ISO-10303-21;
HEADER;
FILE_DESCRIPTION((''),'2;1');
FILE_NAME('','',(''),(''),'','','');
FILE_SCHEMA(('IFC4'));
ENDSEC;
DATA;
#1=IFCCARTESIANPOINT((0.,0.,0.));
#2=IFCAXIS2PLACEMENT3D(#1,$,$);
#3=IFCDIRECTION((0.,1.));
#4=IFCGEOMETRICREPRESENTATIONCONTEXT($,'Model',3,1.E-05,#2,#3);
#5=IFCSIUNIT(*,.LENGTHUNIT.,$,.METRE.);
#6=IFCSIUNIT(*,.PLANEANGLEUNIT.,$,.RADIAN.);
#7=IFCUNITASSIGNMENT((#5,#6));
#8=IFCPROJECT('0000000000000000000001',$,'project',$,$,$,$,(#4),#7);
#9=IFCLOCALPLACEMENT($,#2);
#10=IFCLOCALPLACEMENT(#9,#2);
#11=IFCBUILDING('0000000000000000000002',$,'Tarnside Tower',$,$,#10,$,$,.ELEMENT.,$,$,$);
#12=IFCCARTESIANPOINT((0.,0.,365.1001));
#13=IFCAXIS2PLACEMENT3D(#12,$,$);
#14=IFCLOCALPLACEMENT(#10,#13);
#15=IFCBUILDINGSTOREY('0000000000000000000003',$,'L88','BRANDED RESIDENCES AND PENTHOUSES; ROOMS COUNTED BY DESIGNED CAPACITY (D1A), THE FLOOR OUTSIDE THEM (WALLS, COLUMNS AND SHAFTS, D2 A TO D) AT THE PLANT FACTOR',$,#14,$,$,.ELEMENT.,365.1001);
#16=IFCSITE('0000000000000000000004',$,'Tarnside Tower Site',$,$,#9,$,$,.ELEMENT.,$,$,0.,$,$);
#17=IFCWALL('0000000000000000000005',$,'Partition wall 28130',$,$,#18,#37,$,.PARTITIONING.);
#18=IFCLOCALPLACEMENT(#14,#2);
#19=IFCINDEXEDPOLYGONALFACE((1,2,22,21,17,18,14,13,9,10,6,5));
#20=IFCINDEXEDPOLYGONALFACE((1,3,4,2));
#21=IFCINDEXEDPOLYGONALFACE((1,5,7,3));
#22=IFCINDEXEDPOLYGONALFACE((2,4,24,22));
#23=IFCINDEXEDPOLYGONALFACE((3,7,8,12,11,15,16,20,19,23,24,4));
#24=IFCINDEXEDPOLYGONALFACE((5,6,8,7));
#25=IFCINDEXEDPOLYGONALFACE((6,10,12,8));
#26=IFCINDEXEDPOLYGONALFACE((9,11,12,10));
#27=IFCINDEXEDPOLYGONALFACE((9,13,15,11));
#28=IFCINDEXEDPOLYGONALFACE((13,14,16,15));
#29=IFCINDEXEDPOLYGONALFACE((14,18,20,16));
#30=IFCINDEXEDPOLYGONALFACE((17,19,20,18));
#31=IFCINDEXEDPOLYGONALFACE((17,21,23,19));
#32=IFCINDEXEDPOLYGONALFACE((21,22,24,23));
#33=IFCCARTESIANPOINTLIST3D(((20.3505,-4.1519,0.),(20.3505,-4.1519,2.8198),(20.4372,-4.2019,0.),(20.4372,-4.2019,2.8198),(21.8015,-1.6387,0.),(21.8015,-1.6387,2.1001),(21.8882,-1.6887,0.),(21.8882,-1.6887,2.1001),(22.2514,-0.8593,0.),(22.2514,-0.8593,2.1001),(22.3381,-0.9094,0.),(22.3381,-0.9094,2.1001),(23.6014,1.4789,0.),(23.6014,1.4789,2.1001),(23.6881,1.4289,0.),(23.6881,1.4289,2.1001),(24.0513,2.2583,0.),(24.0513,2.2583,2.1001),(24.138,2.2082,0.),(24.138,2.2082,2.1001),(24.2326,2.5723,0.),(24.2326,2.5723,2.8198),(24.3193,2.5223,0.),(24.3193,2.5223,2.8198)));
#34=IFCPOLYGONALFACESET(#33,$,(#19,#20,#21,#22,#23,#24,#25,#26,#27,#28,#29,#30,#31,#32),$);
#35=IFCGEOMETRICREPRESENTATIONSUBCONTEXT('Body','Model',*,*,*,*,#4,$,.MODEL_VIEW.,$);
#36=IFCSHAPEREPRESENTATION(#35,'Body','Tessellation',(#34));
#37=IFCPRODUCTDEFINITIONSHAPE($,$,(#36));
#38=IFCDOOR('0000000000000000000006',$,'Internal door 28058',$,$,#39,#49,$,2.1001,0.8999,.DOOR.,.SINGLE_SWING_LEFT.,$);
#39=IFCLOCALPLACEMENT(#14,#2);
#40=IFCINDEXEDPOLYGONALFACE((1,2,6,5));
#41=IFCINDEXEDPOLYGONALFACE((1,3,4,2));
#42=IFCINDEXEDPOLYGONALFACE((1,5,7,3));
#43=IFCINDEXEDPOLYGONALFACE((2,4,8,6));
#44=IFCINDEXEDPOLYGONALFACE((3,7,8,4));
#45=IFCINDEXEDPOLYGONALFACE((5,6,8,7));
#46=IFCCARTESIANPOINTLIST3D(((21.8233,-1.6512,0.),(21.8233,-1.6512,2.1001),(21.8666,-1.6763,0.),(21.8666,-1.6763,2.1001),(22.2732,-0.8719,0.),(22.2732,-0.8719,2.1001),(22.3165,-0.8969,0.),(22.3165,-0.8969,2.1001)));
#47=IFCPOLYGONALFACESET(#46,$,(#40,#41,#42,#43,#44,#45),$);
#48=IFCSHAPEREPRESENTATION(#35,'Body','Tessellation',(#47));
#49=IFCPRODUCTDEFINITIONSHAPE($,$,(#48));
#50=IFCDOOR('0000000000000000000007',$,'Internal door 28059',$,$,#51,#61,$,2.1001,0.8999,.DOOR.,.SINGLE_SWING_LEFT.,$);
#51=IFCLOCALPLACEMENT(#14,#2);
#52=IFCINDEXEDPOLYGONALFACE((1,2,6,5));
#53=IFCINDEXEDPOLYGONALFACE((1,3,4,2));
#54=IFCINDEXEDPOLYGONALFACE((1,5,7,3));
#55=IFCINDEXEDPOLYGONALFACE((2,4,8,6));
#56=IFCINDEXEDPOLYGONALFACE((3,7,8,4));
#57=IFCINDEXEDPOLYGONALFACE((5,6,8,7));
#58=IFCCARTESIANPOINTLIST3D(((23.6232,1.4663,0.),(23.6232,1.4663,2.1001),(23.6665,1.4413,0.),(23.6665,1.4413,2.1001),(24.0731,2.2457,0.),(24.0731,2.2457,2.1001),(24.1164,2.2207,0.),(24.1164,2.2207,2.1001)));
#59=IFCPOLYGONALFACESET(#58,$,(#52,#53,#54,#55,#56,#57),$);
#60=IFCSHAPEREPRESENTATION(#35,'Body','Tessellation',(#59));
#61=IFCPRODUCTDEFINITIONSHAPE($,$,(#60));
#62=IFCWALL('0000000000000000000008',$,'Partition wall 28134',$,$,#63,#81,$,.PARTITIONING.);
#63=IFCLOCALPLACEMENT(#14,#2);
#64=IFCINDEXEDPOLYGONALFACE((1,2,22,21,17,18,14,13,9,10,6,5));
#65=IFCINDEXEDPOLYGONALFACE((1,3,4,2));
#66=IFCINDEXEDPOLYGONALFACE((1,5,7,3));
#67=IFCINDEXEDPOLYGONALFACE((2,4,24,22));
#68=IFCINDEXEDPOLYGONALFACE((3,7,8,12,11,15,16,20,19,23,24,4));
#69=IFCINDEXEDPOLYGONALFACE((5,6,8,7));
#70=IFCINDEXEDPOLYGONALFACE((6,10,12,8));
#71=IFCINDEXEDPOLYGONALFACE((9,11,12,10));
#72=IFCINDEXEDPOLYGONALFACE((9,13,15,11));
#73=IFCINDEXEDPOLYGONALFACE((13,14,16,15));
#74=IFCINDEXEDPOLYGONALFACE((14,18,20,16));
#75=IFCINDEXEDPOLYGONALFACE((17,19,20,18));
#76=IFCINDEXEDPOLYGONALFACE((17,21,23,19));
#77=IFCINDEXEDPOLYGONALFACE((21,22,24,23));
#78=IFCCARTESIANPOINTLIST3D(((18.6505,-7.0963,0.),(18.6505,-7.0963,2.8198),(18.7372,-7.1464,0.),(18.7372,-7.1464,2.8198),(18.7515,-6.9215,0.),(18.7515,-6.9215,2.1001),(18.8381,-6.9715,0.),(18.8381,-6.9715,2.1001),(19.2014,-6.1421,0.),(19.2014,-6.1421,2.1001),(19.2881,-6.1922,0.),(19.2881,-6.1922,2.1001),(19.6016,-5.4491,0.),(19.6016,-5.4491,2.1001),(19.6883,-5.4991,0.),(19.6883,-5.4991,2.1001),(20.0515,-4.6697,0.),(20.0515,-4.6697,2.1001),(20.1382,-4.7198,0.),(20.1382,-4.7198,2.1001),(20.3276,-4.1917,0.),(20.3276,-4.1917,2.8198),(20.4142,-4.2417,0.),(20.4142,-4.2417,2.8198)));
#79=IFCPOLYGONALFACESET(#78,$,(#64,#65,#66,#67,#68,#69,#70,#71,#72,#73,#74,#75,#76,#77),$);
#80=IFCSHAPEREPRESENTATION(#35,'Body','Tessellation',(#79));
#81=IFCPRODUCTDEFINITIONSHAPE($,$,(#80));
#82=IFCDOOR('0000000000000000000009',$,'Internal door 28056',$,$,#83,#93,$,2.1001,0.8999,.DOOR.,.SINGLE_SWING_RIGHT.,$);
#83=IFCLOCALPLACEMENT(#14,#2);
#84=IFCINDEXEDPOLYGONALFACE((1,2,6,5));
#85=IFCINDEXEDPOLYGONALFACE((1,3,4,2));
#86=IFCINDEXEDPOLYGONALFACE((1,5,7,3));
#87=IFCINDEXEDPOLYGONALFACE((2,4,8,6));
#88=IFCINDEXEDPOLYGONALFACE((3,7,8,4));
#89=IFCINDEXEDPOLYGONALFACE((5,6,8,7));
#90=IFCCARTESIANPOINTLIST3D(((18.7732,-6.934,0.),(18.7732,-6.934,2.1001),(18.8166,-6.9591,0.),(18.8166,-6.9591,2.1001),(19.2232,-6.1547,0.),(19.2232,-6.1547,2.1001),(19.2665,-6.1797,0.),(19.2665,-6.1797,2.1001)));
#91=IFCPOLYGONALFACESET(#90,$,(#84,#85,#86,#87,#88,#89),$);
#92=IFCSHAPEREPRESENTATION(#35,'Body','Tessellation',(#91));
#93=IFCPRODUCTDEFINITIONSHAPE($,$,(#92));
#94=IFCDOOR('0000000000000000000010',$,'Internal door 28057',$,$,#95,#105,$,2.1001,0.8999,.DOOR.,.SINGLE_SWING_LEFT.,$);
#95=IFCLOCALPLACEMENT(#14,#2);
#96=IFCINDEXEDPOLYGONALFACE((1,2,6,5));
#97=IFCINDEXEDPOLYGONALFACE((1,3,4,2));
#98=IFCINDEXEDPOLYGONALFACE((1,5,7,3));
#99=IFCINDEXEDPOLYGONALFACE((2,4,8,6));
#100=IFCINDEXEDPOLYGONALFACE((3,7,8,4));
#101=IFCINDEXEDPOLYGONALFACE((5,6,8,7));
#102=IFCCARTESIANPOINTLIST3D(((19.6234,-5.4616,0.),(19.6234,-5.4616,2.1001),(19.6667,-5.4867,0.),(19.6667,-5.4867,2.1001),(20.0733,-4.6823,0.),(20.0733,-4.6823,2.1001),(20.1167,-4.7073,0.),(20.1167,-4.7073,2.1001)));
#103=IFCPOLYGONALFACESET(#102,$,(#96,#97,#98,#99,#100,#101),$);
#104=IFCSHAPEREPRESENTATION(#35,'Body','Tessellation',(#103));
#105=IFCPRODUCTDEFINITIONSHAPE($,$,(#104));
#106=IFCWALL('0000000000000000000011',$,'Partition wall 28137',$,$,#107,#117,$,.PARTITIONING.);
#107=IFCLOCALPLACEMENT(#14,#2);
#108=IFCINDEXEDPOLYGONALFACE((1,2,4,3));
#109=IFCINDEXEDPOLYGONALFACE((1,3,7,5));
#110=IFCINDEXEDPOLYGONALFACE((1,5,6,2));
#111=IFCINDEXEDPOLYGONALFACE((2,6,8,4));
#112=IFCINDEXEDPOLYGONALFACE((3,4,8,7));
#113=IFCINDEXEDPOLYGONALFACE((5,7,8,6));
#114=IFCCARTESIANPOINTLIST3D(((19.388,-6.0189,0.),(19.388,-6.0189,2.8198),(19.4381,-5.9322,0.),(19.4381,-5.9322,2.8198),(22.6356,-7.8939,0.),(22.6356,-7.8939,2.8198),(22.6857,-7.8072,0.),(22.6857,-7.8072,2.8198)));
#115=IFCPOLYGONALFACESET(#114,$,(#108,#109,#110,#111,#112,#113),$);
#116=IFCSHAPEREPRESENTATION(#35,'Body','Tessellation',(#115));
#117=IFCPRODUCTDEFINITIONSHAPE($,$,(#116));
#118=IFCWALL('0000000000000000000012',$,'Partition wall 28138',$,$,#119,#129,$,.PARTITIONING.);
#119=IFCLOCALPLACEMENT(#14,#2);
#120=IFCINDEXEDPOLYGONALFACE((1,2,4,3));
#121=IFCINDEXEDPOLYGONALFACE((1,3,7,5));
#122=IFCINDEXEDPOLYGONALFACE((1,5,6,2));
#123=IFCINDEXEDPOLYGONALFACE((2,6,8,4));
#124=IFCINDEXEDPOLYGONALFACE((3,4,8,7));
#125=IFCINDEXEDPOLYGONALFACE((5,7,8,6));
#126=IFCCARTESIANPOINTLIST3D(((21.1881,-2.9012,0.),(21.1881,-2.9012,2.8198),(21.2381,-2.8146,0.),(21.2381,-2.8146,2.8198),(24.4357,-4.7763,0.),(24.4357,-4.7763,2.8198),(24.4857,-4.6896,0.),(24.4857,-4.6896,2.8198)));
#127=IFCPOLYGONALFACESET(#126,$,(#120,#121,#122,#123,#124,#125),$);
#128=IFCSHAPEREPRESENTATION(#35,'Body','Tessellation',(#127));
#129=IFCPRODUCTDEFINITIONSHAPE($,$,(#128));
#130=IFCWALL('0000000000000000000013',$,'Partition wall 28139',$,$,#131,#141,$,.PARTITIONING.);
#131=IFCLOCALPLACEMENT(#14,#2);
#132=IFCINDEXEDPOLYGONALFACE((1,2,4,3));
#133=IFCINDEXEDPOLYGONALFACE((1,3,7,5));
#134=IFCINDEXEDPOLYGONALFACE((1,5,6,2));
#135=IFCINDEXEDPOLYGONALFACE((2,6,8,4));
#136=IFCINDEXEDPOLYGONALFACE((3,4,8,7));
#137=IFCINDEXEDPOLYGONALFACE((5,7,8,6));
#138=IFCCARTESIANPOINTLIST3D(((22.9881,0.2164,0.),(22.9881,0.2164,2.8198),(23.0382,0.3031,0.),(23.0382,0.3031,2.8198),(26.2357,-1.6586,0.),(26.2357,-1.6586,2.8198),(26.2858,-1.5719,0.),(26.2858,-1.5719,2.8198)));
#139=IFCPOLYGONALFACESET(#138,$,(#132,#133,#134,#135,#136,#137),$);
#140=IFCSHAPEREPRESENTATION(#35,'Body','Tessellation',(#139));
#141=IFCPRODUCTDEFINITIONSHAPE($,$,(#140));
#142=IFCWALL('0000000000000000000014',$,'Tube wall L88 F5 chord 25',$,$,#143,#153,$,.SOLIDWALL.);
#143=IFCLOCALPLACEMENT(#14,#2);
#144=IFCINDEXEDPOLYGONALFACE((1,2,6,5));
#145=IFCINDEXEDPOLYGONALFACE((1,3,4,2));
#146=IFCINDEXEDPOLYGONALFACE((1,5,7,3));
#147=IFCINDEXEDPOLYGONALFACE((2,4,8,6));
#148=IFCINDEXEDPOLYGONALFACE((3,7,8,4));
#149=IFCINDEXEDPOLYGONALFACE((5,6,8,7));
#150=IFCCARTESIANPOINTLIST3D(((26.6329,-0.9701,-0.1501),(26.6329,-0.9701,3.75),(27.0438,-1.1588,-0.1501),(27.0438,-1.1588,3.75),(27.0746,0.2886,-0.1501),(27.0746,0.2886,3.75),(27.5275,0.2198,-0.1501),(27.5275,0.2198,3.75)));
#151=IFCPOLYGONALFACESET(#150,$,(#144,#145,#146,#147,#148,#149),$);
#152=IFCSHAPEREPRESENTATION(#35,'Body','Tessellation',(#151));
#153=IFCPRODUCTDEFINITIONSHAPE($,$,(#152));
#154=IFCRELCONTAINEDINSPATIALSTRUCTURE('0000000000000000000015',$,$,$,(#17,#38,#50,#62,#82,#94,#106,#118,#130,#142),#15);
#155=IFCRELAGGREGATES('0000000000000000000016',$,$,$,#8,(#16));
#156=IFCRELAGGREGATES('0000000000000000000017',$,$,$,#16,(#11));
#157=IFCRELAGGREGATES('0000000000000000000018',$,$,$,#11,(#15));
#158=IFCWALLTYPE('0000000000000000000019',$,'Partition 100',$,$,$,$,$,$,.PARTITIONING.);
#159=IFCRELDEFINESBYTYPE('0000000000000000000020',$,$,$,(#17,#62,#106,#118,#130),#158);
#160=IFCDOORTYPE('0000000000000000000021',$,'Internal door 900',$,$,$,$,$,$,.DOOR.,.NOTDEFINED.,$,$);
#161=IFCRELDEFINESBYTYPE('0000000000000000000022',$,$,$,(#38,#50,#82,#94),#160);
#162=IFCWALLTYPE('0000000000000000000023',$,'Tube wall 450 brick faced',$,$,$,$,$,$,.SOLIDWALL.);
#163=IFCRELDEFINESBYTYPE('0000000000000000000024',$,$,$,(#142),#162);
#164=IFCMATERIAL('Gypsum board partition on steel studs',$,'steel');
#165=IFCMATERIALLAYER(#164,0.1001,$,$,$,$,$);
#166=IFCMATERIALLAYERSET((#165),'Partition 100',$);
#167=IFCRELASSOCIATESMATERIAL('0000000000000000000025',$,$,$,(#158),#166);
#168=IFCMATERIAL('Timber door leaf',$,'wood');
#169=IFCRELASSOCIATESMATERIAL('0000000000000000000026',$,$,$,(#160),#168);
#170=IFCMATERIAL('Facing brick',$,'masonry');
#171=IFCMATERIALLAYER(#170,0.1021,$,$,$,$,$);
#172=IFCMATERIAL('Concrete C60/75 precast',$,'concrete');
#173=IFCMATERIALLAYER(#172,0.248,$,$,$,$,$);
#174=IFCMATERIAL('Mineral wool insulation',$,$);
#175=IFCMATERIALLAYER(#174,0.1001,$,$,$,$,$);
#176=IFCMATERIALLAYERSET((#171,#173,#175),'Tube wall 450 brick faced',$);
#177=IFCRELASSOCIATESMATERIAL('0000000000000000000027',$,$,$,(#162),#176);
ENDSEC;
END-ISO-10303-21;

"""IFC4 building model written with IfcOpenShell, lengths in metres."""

from ifc_helpers import new_model, si_unit, direction, frame, frame_2d, origin, place, context, subcontext, project, spatial, polyline, rectangle, outline, extrude, material, layer, layer_set, type_object, element, fill, save


model = new_model("IFC4")

# Units and contexts
model_context = context("Model", 3, precision=1e-05, world=origin(), true_north=direction((0.0, 1.0)))
body_context = subcontext(model_context, "Body", "Model", "MODEL_VIEW")
ifc_project = project(units=[si_unit("LENGTHUNIT", "METRE"), si_unit("PLANEANGLEUNIT", "RADIAN")], contexts=[model_context])

# Site, building, storey
site_placement = place(None, origin())
site = spatial("IfcSite", under=ifc_project, at=site_placement, Name="Tarnside Tower Site", CompositionType="ELEMENT", RefElevation=0.0)
building_placement = place(site_placement, origin())
building = spatial("IfcBuilding", under=site, at=building_placement, Name="Tarnside Tower", CompositionType="ELEMENT")
storey_placement = place(building_placement, frame((0.0, 0.0, 365.1001)))
storey = spatial("IfcBuildingStorey", under=building, at=storey_placement, Name="L88", Description="BRANDED RESIDENCES AND PENTHOUSES; ROOMS COUNTED BY DESIGNED CAPACITY (D1A), THE FLOOR OUTSIDE THEM (WALLS, COLUMNS AND SHAFTS, D2 A TO D) AT THE PLANT FACTOR", CompositionType="ELEMENT", Elevation=365.1001)

# Shared definitions
ifc_material_1 = material(Name="Gypsum board partition on steel studs", Category="steel")
ifc_material_2 = material(Name="Timber door leaf", Category="wood")

# Shared definitions
ifc_layer_1 = layer(ifc_material_1, 0.1001)
ifc_layer_set_1 = layer_set([ifc_layer_1], Name="Partition 100")
wall_type_1 = type_object("IfcWallType", Name="Partition 100", PredefinedType="PARTITIONING", material=ifc_layer_set_1)
door_type_1 = type_object("IfcDoorType", Name="Internal door 900", OperationType="NOTDEFINED", PredefinedType="DOOR", material=ifc_material_2)

# Walls, openings, doors
wall_1_placement = place(storey_placement, frame((20.3938, -4.177, 0.0), z_axis=(0.0, 0.0, 1.0), x_axis=(0.499991, 0.866031, 0.0)))
wall_1 = element("IfcWall", 1, at=wall_1_placement, inside=storey, type_object=wall_type_1, Name="Partition wall 28130", PredefinedType="PARTITIONING", context=body_context, shape_type="SweptSolid", body=[
    extrude(rectangle(XDim=7.7644, YDim=0.1001, at=frame_2d((3.8823, 0.0))), origin(), (0.0, 0.0, 1.0), 2.8198),
])
opening_1_placement = place(wall_1_placement, frame((2.9021, 0.0, 0.0)))
opening_1 = element("IfcOpeningElement", 2, at=opening_1_placement, cuts=wall_1, PredefinedType="OPENING", context=body_context, shape_type="SweptSolid", body=[
    extrude(rectangle(XDim=0.8999, YDim=2.1001, at=frame_2d((0.45, 1.05))), frame((0.0, 0.0601, 0.0), z_axis=(0.0, -1.0, 0.0), x_axis=(1.0, 0.0, 0.0)), (0.0, 0.0, 1.0), 0.1201),
])
opening_2_placement = place(wall_1_placement, frame((6.502, 0.0, 0.0)))
opening_2 = element("IfcOpeningElement", 3, at=opening_2_placement, cuts=wall_1, PredefinedType="OPENING", context=body_context, shape_type="SweptSolid", body=[
    extrude(rectangle(XDim=0.8999, YDim=2.1001, at=frame_2d((0.45, 1.05))), frame((0.0, 0.0601, 0.0), z_axis=(0.0, -1.0, 0.0), x_axis=(1.0, 0.0, 0.0)), (0.0, 0.0, 1.0), 0.1201),
])
door_1_placement = place(opening_1_placement, origin())
door_1 = element("IfcDoor", 4, at=door_1_placement, inside=storey, type_object=door_type_1, Name="Internal door 28058", OperationType="SINGLE_SWING_LEFT", OverallHeight=2.1001, OverallWidth=0.8999, PredefinedType="DOOR", context=body_context, shape_type="SweptSolid", body=[
    extrude(rectangle(XDim=0.8999, YDim=2.1001, at=frame_2d((0.45, 1.05))), frame((0.0, 0.0249, 0.0), z_axis=(0.0, -1.0, 0.0), x_axis=(1.0, 0.0, 0.0)), (0.0, 0.0, 1.0), 0.05),
])
fill(opening_1, door_1)
door_2_placement = place(opening_2_placement, origin())
door_2 = element("IfcDoor", 5, at=door_2_placement, inside=storey, type_object=door_type_1, Name="Internal door 28059", OperationType="SINGLE_SWING_LEFT", OverallHeight=2.1001, OverallWidth=0.8999, PredefinedType="DOOR", context=body_context, shape_type="SweptSolid", body=[
    extrude(rectangle(XDim=0.8999, YDim=2.1001, at=frame_2d((0.45, 1.05))), frame((0.0, 0.0249, 0.0), z_axis=(0.0, -1.0, 0.0), x_axis=(1.0, 0.0, 0.0)), (0.0, 0.0, 1.0), 0.05),
])
fill(opening_2, door_2)
wall_2_placement = place(storey_placement, frame((18.6938, -7.1213, 0.0), z_axis=(0.0, 0.0, 1.0), x_axis=(0.500014, 0.866017, 0.0)))
wall_2 = element("IfcWall", 6, at=wall_2_placement, inside=storey, type_object=wall_type_1, Name="Partition wall 28134", PredefinedType="PARTITIONING", context=body_context, shape_type="SweptSolid", body=[
    extrude(rectangle(XDim=3.354, YDim=0.1001, at=frame_2d((1.677, 0.0))), origin(), (0.0, 0.0, 1.0), 2.8198),
])
opening_3_placement = place(wall_2_placement, frame((0.2019, 0.0, 0.0)))
opening_3 = element("IfcOpeningElement", 7, at=opening_3_placement, cuts=wall_2, PredefinedType="OPENING", context=body_context, shape_type="SweptSolid", body=[
    extrude(rectangle(XDim=0.8999, YDim=2.1001, at=frame_2d((0.45, 1.05))), frame((0.0, 0.0601, 0.0), z_axis=(0.0, -1.0, 0.0), x_axis=(1.0, 0.0, 0.0)), (0.0, 0.0, 1.0), 0.1201),
])
opening_4_placement = place(wall_2_placement, frame((1.9021, 0.0, 0.0)))
opening_4 = element("IfcOpeningElement", 8, at=opening_4_placement, cuts=wall_2, PredefinedType="OPENING", context=body_context, shape_type="SweptSolid", body=[
    extrude(rectangle(XDim=0.8999, YDim=2.1001, at=frame_2d((0.45, 1.05))), frame((0.0, 0.0601, 0.0), z_axis=(0.0, -1.0, 0.0), x_axis=(1.0, 0.0, 0.0)), (0.0, 0.0, 1.0), 0.1201),
])
door_3_placement = place(opening_3_placement, origin())
door_3 = element("IfcDoor", 9, at=door_3_placement, inside=storey, type_object=door_type_1, Name="Internal door 28056", OperationType="SINGLE_SWING_RIGHT", OverallHeight=2.1001, OverallWidth=0.8999, PredefinedType="DOOR", context=body_context, shape_type="SweptSolid", body=[
    extrude(rectangle(XDim=0.8999, YDim=2.1001, at=frame_2d((0.45, 1.05))), frame((0.0, 0.0249, 0.0), z_axis=(0.0, -1.0, 0.0), x_axis=(1.0, 0.0, 0.0)), (0.0, 0.0, 1.0), 0.05),
])
fill(opening_3, door_3)
door_4_placement = place(opening_4_placement, origin())
door_4 = element("IfcDoor", 10, at=door_4_placement, inside=storey, type_object=door_type_1, Name="Internal door 28057", OperationType="SINGLE_SWING_LEFT", OverallHeight=2.1001, OverallWidth=0.8999, PredefinedType="DOOR", context=body_context, shape_type="SweptSolid", body=[
    extrude(rectangle(XDim=0.8999, YDim=2.1001, at=frame_2d((0.45, 1.05))), frame((0.0, 0.0249, 0.0), z_axis=(0.0, -1.0, 0.0), x_axis=(1.0, 0.0, 0.0)), (0.0, 0.0, 1.0), 0.05),
])
fill(opening_4, door_4)

# Walls
for number, where, z_axis, x_axis, name in (
    (11, (22.6606, -7.8506, 0.0), (0.0, 0.0, 1.0), (-0.866023, 0.500004, 0.0), "Partition wall 28137"),
    (12, (24.4607, -4.7329, 0.0), (0.0, 0.0, 1.0), (-0.866023, 0.500004, 0.0), "Partition wall 28138"),
    (13, (26.2607, -1.6152, 0.0), (0.0, 0.0, 1.0), (-0.866023, 0.500004, 0.0), "Partition wall 28139"),
):
    element("IfcWall", number, at=place(storey_placement, frame(where, z_axis=z_axis, x_axis=x_axis)), inside=storey, type_object=wall_type_1, Name=name, PredefinedType="PARTITIONING", context=body_context, shape_type="SweptSolid", body=[
        extrude(rectangle(XDim=3.75, YDim=0.1001, at=frame_2d((1.875, 0.0))), origin(), (0.0, 0.0, 1.0), 2.8198),
    ])
ifc_material_3 = material(Name="Facing brick", Category="masonry")
ifc_layer_2 = layer(ifc_material_3, 0.1021)
ifc_material_4 = material(Name="Concrete C60/75 precast", Category="concrete")
ifc_layer_3 = layer(ifc_material_4, 0.248)
ifc_material_5 = material(Name="Mineral wool insulation")
ifc_layer_4 = layer(ifc_material_5, 0.1001)
ifc_layer_set_2 = layer_set([ifc_layer_2, ifc_layer_3, ifc_layer_4], Name="Tube wall 450 brick faced")
wall_type_2 = type_object("IfcWallType", Name="Tube wall 450 brick faced", PredefinedType="SOLIDWALL", material=ifc_layer_set_2)
wall_3_placement = place(storey_placement, frame((26.8384, -1.0645, -0.1501), z_axis=(0.0, 0.0, 1.0), x_axis=(0.331074, 0.943605, 0.0)))
element("IfcWall", 14, at=wall_3_placement, inside=storey, type_object=wall_type_2, Name="Tube wall L88 F5 chord 25", PredefinedType="SOLIDWALL", context=body_context, shape_type="SweptSolid", body=[
    extrude(outline(polyline([(-0.021, -0.2251), (1.4399, -0.2251), (1.355, 0.2251), (0.021, 0.2251), (-0.021, -0.2251)])), origin(), (0.0, 0.0, 1.0), 3.9001),
])

save(model, "model.ifc")
